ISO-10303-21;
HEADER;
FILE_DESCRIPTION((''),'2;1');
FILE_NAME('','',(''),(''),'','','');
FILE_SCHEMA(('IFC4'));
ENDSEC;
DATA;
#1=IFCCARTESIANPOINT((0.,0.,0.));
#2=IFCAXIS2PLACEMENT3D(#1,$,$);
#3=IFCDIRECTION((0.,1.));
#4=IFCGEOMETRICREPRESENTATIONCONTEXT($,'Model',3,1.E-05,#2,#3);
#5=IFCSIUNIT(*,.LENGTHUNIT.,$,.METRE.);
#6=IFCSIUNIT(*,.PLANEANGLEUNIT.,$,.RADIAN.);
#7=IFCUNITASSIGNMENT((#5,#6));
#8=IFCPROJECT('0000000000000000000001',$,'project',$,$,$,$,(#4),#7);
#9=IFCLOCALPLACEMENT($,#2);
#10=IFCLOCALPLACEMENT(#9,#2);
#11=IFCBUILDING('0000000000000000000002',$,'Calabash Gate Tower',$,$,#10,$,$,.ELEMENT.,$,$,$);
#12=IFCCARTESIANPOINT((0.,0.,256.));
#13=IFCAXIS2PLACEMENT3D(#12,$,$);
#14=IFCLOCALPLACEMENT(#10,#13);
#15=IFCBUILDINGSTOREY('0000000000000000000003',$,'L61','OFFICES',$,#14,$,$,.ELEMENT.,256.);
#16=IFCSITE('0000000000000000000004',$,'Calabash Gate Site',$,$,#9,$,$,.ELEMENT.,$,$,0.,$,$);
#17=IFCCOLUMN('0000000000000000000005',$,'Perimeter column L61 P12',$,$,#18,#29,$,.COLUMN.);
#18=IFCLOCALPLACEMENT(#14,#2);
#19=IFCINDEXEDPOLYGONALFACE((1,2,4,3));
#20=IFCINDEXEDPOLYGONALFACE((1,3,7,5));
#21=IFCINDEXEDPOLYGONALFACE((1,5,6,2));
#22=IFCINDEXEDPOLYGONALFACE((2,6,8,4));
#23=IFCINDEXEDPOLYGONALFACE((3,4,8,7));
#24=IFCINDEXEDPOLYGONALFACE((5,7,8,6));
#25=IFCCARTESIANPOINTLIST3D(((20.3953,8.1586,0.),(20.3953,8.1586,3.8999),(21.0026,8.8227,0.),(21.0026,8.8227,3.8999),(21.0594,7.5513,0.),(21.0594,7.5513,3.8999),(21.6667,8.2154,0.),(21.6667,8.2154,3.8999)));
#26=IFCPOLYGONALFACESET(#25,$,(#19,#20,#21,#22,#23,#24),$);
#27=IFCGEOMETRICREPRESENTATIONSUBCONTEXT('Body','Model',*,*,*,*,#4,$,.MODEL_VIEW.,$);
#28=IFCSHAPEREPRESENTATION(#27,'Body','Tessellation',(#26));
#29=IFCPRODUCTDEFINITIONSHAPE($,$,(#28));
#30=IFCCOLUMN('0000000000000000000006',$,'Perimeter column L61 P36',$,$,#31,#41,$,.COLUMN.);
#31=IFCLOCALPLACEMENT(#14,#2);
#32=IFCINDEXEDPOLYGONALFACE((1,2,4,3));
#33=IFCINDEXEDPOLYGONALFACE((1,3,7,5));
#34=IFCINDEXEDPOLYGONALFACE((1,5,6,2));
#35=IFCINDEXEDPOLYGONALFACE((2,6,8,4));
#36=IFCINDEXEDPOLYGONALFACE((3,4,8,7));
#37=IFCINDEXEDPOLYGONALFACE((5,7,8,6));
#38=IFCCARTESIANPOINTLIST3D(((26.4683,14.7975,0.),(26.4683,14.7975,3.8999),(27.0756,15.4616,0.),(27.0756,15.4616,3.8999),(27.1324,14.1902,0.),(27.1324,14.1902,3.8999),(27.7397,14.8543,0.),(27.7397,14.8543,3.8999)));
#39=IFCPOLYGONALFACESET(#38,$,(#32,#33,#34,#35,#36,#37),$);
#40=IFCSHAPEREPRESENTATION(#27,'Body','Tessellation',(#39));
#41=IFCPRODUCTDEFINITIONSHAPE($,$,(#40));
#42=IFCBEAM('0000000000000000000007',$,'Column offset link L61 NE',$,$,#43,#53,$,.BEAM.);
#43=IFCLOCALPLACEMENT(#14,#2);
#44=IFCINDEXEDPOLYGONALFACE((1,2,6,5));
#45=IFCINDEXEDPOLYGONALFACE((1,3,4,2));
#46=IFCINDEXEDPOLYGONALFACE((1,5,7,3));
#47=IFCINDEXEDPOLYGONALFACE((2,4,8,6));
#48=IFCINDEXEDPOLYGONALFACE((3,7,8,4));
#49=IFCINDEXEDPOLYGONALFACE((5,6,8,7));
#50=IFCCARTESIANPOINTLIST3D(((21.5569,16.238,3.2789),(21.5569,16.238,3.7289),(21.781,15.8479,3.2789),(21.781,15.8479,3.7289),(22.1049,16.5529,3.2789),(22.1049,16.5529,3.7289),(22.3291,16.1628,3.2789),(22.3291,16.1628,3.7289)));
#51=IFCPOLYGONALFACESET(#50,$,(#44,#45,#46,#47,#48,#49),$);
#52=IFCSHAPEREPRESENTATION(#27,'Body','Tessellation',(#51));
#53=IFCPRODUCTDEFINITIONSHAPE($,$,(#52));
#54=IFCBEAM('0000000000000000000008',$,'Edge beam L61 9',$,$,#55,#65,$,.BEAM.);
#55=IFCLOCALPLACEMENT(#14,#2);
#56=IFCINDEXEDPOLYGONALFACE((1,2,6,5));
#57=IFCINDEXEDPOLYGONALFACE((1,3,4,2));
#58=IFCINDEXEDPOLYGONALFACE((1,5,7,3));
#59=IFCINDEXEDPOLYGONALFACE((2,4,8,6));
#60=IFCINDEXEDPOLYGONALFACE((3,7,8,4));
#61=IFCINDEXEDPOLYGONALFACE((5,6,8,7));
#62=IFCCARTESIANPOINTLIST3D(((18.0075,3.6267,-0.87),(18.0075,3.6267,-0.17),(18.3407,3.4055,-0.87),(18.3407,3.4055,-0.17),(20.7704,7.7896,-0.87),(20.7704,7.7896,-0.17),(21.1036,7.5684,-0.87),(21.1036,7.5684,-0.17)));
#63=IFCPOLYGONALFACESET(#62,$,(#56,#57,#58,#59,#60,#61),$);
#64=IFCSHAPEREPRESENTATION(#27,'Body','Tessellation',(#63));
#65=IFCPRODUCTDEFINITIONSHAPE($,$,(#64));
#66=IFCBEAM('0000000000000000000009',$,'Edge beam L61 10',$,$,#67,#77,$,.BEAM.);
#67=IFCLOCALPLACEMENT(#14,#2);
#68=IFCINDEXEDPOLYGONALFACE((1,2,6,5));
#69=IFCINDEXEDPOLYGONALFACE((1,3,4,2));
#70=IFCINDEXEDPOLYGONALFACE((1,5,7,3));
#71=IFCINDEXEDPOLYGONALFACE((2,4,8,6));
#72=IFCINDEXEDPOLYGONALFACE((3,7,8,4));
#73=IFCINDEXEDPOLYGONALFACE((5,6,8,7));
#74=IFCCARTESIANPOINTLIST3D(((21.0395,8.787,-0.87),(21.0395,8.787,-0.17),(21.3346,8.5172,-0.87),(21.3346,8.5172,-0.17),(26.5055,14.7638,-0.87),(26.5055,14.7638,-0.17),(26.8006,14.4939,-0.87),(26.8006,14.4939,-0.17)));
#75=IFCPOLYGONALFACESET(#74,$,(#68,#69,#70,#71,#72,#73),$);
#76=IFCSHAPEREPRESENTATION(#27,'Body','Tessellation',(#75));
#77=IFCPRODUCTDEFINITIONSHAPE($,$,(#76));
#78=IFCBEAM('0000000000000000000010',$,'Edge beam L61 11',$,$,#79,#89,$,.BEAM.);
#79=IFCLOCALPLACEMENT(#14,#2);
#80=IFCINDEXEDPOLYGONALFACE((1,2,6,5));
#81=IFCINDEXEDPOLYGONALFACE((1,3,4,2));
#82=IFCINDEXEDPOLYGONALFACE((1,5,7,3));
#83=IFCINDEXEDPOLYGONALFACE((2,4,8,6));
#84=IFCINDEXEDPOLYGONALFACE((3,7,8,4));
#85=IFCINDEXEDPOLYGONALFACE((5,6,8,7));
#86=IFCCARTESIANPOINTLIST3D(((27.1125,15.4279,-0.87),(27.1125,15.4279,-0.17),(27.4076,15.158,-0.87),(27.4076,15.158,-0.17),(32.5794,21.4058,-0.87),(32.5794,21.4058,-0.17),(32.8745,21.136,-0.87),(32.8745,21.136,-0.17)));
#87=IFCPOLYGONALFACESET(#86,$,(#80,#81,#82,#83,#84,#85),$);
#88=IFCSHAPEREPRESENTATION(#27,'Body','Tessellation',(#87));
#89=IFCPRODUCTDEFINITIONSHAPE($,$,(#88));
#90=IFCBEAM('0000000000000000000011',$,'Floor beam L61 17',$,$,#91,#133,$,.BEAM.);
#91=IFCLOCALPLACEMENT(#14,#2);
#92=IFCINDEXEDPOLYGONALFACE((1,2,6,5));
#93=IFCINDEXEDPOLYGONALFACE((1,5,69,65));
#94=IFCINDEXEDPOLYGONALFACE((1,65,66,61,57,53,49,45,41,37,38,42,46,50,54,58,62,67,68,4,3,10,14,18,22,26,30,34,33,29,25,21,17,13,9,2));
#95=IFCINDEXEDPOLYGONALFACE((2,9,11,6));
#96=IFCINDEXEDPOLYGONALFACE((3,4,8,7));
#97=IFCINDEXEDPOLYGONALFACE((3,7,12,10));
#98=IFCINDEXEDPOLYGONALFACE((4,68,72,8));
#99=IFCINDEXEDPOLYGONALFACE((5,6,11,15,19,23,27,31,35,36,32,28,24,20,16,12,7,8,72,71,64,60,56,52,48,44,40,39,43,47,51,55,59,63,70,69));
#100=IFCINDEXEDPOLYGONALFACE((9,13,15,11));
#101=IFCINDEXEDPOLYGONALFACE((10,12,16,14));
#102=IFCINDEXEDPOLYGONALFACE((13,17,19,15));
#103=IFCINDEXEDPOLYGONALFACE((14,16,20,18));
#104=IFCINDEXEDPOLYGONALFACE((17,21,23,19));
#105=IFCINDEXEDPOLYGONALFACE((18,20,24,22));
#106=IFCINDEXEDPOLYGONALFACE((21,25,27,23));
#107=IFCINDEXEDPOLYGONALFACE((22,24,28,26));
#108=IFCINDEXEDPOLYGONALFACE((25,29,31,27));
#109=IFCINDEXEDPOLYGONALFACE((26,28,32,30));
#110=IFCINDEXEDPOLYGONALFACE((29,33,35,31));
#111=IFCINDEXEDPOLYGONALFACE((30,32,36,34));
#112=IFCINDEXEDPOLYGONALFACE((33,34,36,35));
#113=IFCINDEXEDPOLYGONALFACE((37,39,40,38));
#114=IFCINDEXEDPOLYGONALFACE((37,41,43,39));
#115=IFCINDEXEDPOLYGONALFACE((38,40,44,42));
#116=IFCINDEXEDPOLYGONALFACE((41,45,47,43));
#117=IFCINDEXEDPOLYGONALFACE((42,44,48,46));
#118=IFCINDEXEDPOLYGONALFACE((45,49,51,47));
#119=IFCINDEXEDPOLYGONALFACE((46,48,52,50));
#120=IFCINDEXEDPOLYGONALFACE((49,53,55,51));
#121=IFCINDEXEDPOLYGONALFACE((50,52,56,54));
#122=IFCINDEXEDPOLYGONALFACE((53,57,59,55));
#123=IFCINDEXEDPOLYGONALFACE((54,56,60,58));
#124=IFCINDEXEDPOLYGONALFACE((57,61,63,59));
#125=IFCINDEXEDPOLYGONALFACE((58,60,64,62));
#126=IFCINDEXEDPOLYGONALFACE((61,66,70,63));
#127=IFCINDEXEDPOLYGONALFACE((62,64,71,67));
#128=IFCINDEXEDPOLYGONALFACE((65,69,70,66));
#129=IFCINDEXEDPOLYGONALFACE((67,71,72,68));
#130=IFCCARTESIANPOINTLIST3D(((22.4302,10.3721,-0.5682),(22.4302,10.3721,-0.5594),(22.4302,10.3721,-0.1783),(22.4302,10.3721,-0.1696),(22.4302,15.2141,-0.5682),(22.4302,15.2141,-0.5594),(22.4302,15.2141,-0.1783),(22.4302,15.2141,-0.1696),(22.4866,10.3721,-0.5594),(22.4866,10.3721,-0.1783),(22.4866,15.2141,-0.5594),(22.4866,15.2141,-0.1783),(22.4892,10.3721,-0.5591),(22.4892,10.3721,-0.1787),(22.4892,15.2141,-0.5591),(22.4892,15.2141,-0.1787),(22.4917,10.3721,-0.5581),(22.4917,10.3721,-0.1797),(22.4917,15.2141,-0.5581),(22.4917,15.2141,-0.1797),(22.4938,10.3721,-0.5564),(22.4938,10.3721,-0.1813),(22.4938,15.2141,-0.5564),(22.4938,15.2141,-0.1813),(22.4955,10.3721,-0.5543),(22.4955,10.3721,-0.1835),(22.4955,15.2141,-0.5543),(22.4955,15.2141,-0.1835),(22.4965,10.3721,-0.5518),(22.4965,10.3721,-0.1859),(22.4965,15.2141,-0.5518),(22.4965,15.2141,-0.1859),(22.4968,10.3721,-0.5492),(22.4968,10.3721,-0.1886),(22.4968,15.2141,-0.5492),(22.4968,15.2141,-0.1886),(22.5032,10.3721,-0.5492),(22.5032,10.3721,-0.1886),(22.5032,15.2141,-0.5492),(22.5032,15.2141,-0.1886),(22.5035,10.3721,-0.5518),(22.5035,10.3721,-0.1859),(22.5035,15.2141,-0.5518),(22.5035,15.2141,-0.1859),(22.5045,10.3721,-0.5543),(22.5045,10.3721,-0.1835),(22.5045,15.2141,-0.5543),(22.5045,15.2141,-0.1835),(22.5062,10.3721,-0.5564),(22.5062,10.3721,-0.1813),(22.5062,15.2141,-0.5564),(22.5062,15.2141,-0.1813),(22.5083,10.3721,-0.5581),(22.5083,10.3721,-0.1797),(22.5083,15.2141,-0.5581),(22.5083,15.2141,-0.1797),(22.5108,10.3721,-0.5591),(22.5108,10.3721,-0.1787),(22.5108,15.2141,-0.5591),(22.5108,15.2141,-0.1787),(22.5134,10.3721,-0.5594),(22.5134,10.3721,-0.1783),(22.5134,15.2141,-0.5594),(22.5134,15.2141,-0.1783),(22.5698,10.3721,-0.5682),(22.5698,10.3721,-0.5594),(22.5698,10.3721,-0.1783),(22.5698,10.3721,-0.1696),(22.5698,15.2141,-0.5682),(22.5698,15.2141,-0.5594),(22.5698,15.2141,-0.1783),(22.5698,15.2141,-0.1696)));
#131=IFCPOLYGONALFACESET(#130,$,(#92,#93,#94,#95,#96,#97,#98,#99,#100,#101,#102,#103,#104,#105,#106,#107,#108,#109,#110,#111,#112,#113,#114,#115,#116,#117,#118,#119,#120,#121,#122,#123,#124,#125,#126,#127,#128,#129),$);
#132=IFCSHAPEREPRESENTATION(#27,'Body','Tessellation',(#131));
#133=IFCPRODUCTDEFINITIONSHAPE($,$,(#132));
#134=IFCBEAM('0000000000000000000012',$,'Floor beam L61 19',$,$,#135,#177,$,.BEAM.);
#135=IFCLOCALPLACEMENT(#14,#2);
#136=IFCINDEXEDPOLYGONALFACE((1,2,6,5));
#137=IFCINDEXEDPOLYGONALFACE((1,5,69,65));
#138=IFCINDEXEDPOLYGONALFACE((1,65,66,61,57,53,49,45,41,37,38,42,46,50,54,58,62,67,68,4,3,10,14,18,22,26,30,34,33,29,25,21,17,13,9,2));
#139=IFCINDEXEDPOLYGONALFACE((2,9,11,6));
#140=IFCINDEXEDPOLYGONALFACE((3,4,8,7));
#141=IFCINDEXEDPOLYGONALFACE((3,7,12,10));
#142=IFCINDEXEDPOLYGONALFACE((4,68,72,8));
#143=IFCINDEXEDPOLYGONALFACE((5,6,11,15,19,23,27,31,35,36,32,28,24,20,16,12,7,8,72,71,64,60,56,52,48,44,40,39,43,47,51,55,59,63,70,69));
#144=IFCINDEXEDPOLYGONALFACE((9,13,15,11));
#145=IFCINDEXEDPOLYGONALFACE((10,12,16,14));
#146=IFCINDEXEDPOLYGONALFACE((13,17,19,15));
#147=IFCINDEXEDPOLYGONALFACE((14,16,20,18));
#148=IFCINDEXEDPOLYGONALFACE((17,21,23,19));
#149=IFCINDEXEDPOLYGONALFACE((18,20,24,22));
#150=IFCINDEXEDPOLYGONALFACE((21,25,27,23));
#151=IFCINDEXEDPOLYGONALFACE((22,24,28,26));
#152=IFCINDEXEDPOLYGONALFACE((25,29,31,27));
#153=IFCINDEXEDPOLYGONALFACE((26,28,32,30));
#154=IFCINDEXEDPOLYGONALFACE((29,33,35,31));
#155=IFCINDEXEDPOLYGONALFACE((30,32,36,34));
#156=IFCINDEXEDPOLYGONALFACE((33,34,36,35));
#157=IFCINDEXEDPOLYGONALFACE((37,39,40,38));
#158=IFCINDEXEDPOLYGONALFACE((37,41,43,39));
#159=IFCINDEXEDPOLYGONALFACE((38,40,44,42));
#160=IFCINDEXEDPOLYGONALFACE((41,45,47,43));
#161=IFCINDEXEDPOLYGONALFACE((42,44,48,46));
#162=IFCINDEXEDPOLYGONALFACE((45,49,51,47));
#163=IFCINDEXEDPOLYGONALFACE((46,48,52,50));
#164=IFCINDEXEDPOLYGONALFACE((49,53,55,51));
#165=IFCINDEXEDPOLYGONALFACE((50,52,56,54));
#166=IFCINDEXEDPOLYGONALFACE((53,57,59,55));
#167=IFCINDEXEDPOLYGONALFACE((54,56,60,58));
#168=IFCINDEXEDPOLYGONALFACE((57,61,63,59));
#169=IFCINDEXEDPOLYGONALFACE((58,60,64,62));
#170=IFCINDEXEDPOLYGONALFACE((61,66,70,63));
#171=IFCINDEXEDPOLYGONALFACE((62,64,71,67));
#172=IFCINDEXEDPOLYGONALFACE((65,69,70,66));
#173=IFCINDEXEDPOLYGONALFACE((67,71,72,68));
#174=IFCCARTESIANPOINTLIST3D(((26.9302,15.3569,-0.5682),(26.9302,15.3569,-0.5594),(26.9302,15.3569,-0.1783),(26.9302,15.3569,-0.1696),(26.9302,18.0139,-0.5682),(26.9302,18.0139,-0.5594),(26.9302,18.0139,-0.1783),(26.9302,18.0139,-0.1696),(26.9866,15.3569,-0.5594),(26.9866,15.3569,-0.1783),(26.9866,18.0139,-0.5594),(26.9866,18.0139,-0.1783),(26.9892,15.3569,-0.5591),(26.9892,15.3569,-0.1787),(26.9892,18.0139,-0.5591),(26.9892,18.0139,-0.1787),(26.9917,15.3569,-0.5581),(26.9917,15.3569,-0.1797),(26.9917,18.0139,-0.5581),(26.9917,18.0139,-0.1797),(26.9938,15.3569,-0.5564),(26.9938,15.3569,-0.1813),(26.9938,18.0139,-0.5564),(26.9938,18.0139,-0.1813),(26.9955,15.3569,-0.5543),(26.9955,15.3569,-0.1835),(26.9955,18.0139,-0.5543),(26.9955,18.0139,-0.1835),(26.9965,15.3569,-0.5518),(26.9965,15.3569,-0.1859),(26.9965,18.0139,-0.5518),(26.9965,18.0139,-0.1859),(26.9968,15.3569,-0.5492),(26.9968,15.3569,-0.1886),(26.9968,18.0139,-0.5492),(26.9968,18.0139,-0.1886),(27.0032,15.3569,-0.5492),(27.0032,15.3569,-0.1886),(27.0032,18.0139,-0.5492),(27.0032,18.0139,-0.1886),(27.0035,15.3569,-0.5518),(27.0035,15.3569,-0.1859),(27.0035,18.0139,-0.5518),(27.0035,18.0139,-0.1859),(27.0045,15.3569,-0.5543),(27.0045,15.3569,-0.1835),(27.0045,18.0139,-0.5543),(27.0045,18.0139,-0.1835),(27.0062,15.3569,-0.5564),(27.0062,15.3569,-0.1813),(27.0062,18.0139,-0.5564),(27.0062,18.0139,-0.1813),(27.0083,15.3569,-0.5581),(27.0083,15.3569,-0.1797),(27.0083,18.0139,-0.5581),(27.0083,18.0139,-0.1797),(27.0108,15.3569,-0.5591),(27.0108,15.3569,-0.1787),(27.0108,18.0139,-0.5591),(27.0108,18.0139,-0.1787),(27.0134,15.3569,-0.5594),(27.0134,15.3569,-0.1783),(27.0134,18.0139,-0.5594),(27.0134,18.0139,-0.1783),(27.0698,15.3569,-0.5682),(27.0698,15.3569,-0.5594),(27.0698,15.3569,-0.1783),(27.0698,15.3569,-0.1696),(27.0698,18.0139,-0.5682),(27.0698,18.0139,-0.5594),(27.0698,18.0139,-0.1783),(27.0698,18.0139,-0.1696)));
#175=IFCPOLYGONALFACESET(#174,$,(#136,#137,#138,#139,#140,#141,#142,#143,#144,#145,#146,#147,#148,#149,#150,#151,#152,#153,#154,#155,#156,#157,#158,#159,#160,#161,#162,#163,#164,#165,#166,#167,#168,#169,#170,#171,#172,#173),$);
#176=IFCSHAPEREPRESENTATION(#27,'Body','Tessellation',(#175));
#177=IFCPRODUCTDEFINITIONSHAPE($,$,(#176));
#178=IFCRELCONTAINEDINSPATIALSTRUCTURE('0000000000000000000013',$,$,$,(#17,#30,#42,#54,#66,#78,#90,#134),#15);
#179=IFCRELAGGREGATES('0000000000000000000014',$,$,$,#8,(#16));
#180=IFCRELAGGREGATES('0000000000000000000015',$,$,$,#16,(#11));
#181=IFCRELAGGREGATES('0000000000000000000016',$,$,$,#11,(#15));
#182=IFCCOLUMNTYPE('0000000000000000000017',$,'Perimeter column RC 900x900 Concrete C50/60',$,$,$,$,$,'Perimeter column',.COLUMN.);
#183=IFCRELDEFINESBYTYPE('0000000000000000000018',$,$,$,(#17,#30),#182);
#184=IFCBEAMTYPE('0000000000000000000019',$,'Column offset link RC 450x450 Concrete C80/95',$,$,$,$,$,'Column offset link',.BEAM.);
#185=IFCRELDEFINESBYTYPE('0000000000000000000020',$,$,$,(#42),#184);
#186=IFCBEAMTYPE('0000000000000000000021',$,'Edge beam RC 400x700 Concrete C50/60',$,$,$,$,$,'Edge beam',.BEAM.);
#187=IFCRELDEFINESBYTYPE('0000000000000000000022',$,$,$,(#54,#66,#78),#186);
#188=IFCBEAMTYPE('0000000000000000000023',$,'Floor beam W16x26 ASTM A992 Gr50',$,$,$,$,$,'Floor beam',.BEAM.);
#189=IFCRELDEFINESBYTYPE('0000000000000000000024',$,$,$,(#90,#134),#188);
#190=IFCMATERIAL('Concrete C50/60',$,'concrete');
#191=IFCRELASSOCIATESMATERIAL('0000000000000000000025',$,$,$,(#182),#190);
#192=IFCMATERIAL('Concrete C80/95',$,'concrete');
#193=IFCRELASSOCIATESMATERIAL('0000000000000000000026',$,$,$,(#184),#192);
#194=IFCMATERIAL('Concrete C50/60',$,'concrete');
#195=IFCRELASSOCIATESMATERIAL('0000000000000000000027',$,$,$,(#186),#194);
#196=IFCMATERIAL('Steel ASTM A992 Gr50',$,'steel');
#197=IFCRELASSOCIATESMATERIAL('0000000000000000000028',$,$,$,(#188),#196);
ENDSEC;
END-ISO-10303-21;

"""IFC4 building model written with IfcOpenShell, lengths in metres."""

from ifc_helpers import new_model, si_unit, direction, frame, origin, origin_2d, place, context, subcontext, project, spatial, rectangle, i_section, extrude, material, material_profile, profile_set, type_object, element, save


model = new_model("IFC4")

# Units and contexts
model_context = context("Model", 3, precision=1e-05, world=origin(), true_north=direction((0.0, 1.0)))
body_context = subcontext(model_context, "Body", "Model", "MODEL_VIEW")
ifc_project = project(units=[si_unit("LENGTHUNIT", "METRE"), si_unit("PLANEANGLEUNIT", "RADIAN")], contexts=[model_context])

# Site, building, storey
site_placement = place(None, origin())
site = spatial("IfcSite", under=ifc_project, at=site_placement, Name="Calabash Gate Site", CompositionType="ELEMENT", RefElevation=0.0)
building_placement = place(site_placement, origin())
building = spatial("IfcBuilding", under=site, at=building_placement, Name="Calabash Gate Tower", CompositionType="ELEMENT")
storey_placement = place(building_placement, frame((0.0, 0.0, 256.0)))
storey = spatial("IfcBuildingStorey", under=building, at=storey_placement, Name="L61", Description="OFFICES", CompositionType="ELEMENT", Elevation=256.0)

# Columns
ifc_material_1 = material(Name="Concrete C50/60", Category="concrete")
ifc_material_profile_1 = material_profile(ifc_material_1, rectangle(XDim=0.8999, YDim=0.8999, at=origin_2d()))
ifc_profile_set_1 = profile_set([ifc_material_profile_1], Name="Concrete C50/60")
column_type = type_object("IfcColumnType", Name="Perimeter column RC 900x900 Concrete C50/60", ElementType="Perimeter column", PredefinedType="COLUMN", material=ifc_profile_set_1)
for number, where, z_axis, x_axis, name in (
    (1, (21.031, 8.187, 0.0), (0.0, 0.0, 1.0), (0.674856, 0.737949, 0.0), "Perimeter column L61 P12"),
    (2, (27.104, 14.8259, 0.0), (0.0, 0.0, 1.0), (0.674856, 0.737949, 0.0), "Perimeter column L61 P36"),
):
    element("IfcColumn", number, at=place(storey_placement, frame(where, z_axis=z_axis, x_axis=x_axis)), inside=storey, type_object=column_type, Name=name, PredefinedType="COLUMN", context=body_context, shape_type="SweptSolid", body=[
        extrude(rectangle(XDim=0.8999, YDim=0.8999, at=origin_2d()), origin(), (0.0, 0.0, 1.0), 3.8999),
    ])

# Beams
ifc_material_2 = material(Name="Concrete C80/95", Category="concrete")
ifc_material_profile_2 = material_profile(ifc_material_2, rectangle(XDim=0.45, YDim=0.45, at=origin_2d()))
ifc_profile_set_2 = profile_set([ifc_material_profile_2], Name="Concrete C80/95")
beam_type_1 = type_object("IfcBeamType", Name="Column offset link RC 450x450 Concrete C80/95", ElementType="Column offset link", PredefinedType="BEAM", material=ifc_profile_set_2)
beam_1_placement = place(storey_placement, frame((21.6689, 16.043, 3.5039), z_axis=(0.867052, 0.498217, 0.0), x_axis=(-0.498217, 0.867052, 0.0)))
element("IfcBeam", 3, at=beam_1_placement, inside=storey, type_object=beam_type_1, Name="Column offset link L61 NE", PredefinedType="BEAM", context=body_context, shape_type="SweptSolid", body=[
    extrude(rectangle(XDim=0.45, YDim=0.45, at=origin_2d()), origin(), (0.0, 0.0, 1.0), 0.6321),
])
ifc_material_3 = material(Name="Concrete C50/60", Category="concrete")
ifc_material_profile_3 = material_profile(ifc_material_3, rectangle(XDim=0.3999, YDim=0.7, at=origin_2d()))
ifc_profile_set_3 = profile_set([ifc_material_profile_3], Name="Concrete C50/60")
beam_type_2 = type_object("IfcBeamType", Name="Edge beam RC 400x700 Concrete C50/60", ElementType="Edge beam", PredefinedType="BEAM", material=ifc_profile_set_3)
beam_2_placement = place(storey_placement, frame((18.1741, 3.5161, -0.52), z_axis=(0.552996, 0.833184, 0.0), x_axis=(-0.833184, 0.552996, 0.0)))
element("IfcBeam", 4, at=beam_2_placement, inside=storey, type_object=beam_type_2, Name="Edge beam L61 9", PredefinedType="BEAM", context=body_context, shape_type="SweptSolid", body=[
    extrude(rectangle(XDim=0.3999, YDim=0.7, at=origin_2d()), origin(), (0.0, 0.0, 1.0), 4.9963),
])
beam_3_placement = place(storey_placement, frame((21.187, 8.6521, -0.52), z_axis=(0.674874, 0.737933, 0.0), x_axis=(-0.737933, 0.674874, 0.0)))
element("IfcBeam", 5, at=beam_3_placement, inside=storey, type_object=beam_type_2, Name="Edge beam L61 10", PredefinedType="BEAM", context=body_context, shape_type="SweptSolid", body=[
    extrude(rectangle(XDim=0.3999, YDim=0.7, at=origin_2d()), origin(), (0.0, 0.0, 1.0), 8.0994),
])
beam_4_placement = place(storey_placement, frame((27.26, 15.293, -0.52), z_axis=(0.674864, 0.737942, 0.0), x_axis=(-0.737942, 0.674864, 0.0)))
element("IfcBeam", 6, at=beam_4_placement, inside=storey, type_object=beam_type_2, Name="Edge beam L61 11", PredefinedType="BEAM", context=body_context, shape_type="SweptSolid", body=[
    extrude(rectangle(XDim=0.3999, YDim=0.7, at=origin_2d()), origin(), (0.0, 0.0, 1.0), 8.1008),
])
ifc_material_4 = material(Name="Steel ASTM A992 Gr50", Category="steel")
ifc_material_profile_4 = material_profile(ifc_material_4, i_section(OverallWidth=0.1396, OverallDepth=0.3987, WebThickness=0.0063, FlangeThickness=0.0088, FilletRadius=0.0103, at=origin_2d()))
ifc_profile_set_4 = profile_set([ifc_material_profile_4], Name="Steel ASTM A992 Gr50")
beam_type_3 = type_object("IfcBeamType", Name="Floor beam W16x26 ASTM A992 Gr50", ElementType="Floor beam", PredefinedType="BEAM", material=ifc_profile_set_4)
beam_5_placement = place(storey_placement, frame((22.5, 10.3721, -0.3689), z_axis=(0.0, 1.0, 0.0), x_axis=(-1.0, 0.0, 0.0)))
element("IfcBeam", 7, at=beam_5_placement, inside=storey, type_object=beam_type_3, Name="Floor beam L61 17", PredefinedType="BEAM", context=body_context, shape_type="SweptSolid", body=[
    extrude(i_section(OverallWidth=0.1396, OverallDepth=0.3987, WebThickness=0.0063, FlangeThickness=0.0088, FilletRadius=0.0103, at=origin_2d()), origin(), (0.0, 0.0, 1.0), 4.842),
])
beam_6_placement = place(storey_placement, frame((27.0, 15.3569, -0.3689), z_axis=(0.0, 1.0, 0.0), x_axis=(-1.0, 0.0, 0.0)))
element("IfcBeam", 8, at=beam_6_placement, inside=storey, type_object=beam_type_3, Name="Floor beam L61 19", PredefinedType="BEAM", context=body_context, shape_type="SweptSolid", body=[
    extrude(i_section(OverallWidth=0.1396, OverallDepth=0.3987, WebThickness=0.0063, FlangeThickness=0.0088, FilletRadius=0.0103, at=origin_2d()), origin(), (0.0, 0.0, 1.0), 2.657),
])

save(model, "model.ifc")
